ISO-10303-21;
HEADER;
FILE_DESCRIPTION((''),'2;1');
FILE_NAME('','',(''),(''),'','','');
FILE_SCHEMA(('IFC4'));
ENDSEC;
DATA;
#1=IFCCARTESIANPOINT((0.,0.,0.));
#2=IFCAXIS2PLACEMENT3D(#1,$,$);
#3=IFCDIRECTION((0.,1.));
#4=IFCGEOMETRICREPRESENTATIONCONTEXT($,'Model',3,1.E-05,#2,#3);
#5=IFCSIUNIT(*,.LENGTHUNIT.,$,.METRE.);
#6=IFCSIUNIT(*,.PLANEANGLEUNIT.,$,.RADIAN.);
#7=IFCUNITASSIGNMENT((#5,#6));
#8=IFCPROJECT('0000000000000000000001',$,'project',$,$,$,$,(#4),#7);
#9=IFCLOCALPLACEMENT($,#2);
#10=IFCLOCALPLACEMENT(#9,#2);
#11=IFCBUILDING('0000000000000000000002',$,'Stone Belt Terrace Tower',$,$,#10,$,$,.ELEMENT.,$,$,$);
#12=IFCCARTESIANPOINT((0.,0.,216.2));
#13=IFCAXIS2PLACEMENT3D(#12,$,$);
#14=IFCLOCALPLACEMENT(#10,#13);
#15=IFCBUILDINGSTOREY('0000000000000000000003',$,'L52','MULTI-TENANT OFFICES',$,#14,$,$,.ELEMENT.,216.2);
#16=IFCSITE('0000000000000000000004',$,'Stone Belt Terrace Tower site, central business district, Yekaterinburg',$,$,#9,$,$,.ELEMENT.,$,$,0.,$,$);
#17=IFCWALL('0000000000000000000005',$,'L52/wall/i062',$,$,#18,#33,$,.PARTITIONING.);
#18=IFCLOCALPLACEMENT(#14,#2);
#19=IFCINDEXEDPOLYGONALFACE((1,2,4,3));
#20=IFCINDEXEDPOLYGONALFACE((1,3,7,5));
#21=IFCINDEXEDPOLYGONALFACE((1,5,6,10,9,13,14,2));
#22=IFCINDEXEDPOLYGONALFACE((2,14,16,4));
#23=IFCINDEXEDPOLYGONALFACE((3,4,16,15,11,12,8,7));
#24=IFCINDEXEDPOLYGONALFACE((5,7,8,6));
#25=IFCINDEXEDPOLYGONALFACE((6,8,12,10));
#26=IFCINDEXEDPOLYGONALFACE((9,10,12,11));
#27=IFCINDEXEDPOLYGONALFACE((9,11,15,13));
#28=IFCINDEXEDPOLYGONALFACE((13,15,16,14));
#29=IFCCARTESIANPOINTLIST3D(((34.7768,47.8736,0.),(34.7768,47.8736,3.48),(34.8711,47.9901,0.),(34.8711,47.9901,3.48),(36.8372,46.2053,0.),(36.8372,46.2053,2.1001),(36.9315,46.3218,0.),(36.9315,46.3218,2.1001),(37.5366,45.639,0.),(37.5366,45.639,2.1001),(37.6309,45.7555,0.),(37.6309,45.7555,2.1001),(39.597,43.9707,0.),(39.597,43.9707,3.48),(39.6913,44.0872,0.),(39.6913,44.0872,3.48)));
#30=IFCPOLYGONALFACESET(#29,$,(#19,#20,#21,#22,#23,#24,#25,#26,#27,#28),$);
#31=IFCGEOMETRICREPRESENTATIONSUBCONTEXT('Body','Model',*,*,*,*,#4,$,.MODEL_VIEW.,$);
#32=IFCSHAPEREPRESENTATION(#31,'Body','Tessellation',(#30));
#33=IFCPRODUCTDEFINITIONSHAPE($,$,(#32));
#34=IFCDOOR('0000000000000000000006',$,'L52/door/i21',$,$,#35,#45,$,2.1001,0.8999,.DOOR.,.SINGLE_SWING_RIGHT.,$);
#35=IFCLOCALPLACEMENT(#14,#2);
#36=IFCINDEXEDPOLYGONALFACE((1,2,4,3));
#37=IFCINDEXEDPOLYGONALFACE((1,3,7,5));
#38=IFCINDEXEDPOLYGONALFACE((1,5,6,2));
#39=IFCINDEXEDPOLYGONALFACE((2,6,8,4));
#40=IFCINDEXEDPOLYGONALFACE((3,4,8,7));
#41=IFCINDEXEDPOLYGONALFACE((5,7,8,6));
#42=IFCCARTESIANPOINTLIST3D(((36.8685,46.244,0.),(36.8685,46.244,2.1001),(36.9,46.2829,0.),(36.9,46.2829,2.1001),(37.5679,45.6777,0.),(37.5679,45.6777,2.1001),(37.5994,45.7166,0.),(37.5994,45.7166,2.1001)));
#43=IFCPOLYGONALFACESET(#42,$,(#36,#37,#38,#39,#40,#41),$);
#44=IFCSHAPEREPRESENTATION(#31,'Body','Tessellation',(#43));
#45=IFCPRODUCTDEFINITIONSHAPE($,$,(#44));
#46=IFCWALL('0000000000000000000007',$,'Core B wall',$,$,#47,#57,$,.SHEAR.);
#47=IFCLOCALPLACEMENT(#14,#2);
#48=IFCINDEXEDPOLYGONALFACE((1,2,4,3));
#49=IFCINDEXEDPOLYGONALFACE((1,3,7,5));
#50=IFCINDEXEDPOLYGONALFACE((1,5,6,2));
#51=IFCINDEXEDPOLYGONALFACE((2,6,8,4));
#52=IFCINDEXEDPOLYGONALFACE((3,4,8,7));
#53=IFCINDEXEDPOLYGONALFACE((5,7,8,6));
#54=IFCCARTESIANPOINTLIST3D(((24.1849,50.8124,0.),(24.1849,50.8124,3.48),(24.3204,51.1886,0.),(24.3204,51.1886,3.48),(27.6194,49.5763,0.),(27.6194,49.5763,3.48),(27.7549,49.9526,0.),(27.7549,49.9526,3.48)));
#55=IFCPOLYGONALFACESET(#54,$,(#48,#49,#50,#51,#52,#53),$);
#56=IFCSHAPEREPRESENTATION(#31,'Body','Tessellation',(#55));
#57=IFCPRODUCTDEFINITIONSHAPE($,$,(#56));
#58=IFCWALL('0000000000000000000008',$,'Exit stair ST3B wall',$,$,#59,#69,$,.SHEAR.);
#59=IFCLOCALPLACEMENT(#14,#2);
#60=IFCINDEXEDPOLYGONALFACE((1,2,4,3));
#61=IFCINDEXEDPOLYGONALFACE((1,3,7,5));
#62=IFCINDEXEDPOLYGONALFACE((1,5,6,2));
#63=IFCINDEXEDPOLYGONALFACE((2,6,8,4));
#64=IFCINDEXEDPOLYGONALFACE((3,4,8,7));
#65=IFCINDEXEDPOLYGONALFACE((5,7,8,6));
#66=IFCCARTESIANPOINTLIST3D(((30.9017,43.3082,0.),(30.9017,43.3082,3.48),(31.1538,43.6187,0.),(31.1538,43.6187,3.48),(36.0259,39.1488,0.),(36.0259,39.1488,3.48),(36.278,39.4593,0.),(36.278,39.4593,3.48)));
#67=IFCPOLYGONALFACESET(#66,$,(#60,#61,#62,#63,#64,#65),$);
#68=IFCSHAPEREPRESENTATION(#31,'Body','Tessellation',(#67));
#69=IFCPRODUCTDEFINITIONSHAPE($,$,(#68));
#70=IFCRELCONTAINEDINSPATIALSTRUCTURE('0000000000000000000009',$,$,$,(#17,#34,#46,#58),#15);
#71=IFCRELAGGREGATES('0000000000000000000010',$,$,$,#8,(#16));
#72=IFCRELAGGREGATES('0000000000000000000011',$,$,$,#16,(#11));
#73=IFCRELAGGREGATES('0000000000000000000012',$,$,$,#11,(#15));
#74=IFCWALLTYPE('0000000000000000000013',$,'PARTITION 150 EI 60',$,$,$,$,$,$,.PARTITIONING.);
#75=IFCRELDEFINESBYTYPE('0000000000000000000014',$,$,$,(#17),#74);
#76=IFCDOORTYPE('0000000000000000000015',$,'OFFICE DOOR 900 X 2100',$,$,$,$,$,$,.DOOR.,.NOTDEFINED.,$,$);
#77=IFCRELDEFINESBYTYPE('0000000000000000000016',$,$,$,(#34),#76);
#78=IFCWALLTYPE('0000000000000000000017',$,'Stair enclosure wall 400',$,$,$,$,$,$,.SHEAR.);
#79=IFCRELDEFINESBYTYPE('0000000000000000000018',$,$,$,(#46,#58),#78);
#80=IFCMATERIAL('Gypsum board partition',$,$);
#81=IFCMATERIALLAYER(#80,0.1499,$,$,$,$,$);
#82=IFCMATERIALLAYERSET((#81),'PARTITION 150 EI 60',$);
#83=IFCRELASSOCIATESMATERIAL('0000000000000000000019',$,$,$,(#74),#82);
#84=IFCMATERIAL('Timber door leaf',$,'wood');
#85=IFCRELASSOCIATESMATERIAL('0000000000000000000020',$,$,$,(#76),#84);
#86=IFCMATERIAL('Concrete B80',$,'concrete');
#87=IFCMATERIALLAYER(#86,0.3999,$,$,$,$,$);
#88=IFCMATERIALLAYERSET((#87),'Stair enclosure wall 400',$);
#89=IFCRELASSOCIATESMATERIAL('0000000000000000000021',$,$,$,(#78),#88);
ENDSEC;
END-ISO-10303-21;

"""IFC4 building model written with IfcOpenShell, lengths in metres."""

from ifc_helpers import new_model, si_unit, direction, frame, frame_2d, origin, place, context, subcontext, project, spatial, rectangle, extrude, material, layer, layer_set, type_object, element, fill, save


model = new_model("IFC4")

# Units and contexts
model_context = context("Model", 3, precision=1e-05, world=origin(), true_north=direction((0.0, 1.0)))
body_context = subcontext(model_context, "Body", "Model", "MODEL_VIEW")
ifc_project = project(units=[si_unit("LENGTHUNIT", "METRE"), si_unit("PLANEANGLEUNIT", "RADIAN")], contexts=[model_context])

# Site, building, storey
site_placement = place(None, origin())
site = spatial("IfcSite", under=ifc_project, at=site_placement, Name="Stone Belt Terrace Tower site, central business district, Yekaterinburg", CompositionType="ELEMENT", RefElevation=0.0)
building_placement = place(site_placement, origin())
building = spatial("IfcBuilding", under=site, at=building_placement, Name="Stone Belt Terrace Tower", CompositionType="ELEMENT")
storey_placement = place(building_placement, frame((0.0, 0.0, 216.2)))
storey = spatial("IfcBuildingStorey", under=building, at=storey_placement, Name="L52", Description="MULTI-TENANT OFFICES", CompositionType="ELEMENT", Elevation=216.2)

# Shared definitions
ifc_material_1 = material(Name="Concrete B80", Category="concrete")

# Shared definitions
ifc_material_2 = material(Name="Gypsum board partition")

# Shared definitions
ifc_layer_1 = layer(ifc_material_2, 0.1499)
ifc_layer_set_1 = layer_set([ifc_layer_1], Name="PARTITION 150 EI 60")
wall_type_1 = type_object("IfcWallType", Name="PARTITION 150 EI 60", PredefinedType="PARTITIONING", material=ifc_layer_set_1)
ifc_material_3 = material(Name="Timber door leaf", Category="wood")
door_type_1 = type_object("IfcDoorType", Name="OFFICE DOOR 900 X 2100", OperationType="NOTDEFINED", PredefinedType="DOOR", material=ifc_material_3)

# Wall, opening, door
wall_1_placement = place(storey_placement, frame((34.824, 47.9319, 0.0), z_axis=(0.0, 0.0, 1.0), x_axis=(0.777176, -0.629283, 0.0)))
wall_1 = element("IfcWall", 1, at=wall_1_placement, inside=storey, type_object=wall_type_1, Name="L52/wall/i062", PredefinedType="PARTITIONING", context=body_context, shape_type="SweptSolid", body=[
    extrude(rectangle(XDim=6.2021, YDim=0.1499, at=frame_2d((3.1011, 0.0))), origin(), (0.0, 0.0, 1.0), 3.48),
])
opening_1_placement = place(wall_1_placement, frame((2.6511, 0.0, 0.0)))
opening_1 = element("IfcOpeningElement", 2, at=opening_1_placement, cuts=wall_1, PredefinedType="OPENING", context=body_context, shape_type="SweptSolid", body=[
    extrude(rectangle(XDim=0.8999, YDim=2.1001, at=frame_2d((0.45, 1.05))), frame((0.0, 0.085, 0.0), z_axis=(0.0, -1.0, 0.0), x_axis=(1.0, 0.0, 0.0)), (0.0, 0.0, 1.0), 0.1699),
])
door_1_placement = place(opening_1_placement, origin())
door_1 = element("IfcDoor", 3, at=door_1_placement, inside=storey, type_object=door_type_1, Name="L52/door/i21", OperationType="SINGLE_SWING_RIGHT", OverallHeight=2.1001, OverallWidth=0.8999, PredefinedType="DOOR", context=body_context, shape_type="SweptSolid", body=[
    extrude(rectangle(XDim=0.8999, YDim=2.1001, at=frame_2d((0.45, 1.05))), frame((0.0, 0.0249, 0.0), z_axis=(0.0, -1.0, 0.0), x_axis=(1.0, 0.0, 0.0)), (0.0, 0.0, 1.0), 0.05),
])
fill(opening_1, door_1)

# Walls
ifc_layer_2 = layer(ifc_material_1, 0.3999)
ifc_layer_set_2 = layer_set([ifc_layer_2], Name="Stair enclosure wall 400")
wall_type_2 = type_object("IfcWallType", Name="Stair enclosure wall 400", PredefinedType="SHEAR", material=ifc_layer_set_2)
wall_2_placement = place(storey_placement, frame((27.6873, 49.7644, 0.0), z_axis=(0.0, 0.0, 1.0), x_axis=(-0.940919, 0.338632, 0.0)))
element("IfcWall", 4, at=wall_2_placement, inside=storey, type_object=wall_type_2, Name="Core B wall", PredefinedType="SHEAR", context=body_context, shape_type="SweptSolid", body=[
    extrude(rectangle(XDim=3.6501, YDim=0.3999, at=frame_2d((1.8252, 0.0))), origin(), (0.0, 0.0, 1.0), 3.48),
])
wall_3_placement = place(storey_placement, frame((31.0278, 43.4634, 0.0), z_axis=(0.0, 0.0, 1.0), x_axis=(0.776414, -0.630224, 0.0)))
element("IfcWall", 5, at=wall_3_placement, inside=storey, type_object=wall_type_2, Name="Exit stair ST3B wall", PredefinedType="SHEAR", context=body_context, shape_type="SweptSolid", body=[
    extrude(rectangle(XDim=6.5999, YDim=0.3999, at=frame_2d((3.2998, 0.0))), origin(), (0.0, 0.0, 1.0), 3.48),
])

save(model, "model.ifc")
